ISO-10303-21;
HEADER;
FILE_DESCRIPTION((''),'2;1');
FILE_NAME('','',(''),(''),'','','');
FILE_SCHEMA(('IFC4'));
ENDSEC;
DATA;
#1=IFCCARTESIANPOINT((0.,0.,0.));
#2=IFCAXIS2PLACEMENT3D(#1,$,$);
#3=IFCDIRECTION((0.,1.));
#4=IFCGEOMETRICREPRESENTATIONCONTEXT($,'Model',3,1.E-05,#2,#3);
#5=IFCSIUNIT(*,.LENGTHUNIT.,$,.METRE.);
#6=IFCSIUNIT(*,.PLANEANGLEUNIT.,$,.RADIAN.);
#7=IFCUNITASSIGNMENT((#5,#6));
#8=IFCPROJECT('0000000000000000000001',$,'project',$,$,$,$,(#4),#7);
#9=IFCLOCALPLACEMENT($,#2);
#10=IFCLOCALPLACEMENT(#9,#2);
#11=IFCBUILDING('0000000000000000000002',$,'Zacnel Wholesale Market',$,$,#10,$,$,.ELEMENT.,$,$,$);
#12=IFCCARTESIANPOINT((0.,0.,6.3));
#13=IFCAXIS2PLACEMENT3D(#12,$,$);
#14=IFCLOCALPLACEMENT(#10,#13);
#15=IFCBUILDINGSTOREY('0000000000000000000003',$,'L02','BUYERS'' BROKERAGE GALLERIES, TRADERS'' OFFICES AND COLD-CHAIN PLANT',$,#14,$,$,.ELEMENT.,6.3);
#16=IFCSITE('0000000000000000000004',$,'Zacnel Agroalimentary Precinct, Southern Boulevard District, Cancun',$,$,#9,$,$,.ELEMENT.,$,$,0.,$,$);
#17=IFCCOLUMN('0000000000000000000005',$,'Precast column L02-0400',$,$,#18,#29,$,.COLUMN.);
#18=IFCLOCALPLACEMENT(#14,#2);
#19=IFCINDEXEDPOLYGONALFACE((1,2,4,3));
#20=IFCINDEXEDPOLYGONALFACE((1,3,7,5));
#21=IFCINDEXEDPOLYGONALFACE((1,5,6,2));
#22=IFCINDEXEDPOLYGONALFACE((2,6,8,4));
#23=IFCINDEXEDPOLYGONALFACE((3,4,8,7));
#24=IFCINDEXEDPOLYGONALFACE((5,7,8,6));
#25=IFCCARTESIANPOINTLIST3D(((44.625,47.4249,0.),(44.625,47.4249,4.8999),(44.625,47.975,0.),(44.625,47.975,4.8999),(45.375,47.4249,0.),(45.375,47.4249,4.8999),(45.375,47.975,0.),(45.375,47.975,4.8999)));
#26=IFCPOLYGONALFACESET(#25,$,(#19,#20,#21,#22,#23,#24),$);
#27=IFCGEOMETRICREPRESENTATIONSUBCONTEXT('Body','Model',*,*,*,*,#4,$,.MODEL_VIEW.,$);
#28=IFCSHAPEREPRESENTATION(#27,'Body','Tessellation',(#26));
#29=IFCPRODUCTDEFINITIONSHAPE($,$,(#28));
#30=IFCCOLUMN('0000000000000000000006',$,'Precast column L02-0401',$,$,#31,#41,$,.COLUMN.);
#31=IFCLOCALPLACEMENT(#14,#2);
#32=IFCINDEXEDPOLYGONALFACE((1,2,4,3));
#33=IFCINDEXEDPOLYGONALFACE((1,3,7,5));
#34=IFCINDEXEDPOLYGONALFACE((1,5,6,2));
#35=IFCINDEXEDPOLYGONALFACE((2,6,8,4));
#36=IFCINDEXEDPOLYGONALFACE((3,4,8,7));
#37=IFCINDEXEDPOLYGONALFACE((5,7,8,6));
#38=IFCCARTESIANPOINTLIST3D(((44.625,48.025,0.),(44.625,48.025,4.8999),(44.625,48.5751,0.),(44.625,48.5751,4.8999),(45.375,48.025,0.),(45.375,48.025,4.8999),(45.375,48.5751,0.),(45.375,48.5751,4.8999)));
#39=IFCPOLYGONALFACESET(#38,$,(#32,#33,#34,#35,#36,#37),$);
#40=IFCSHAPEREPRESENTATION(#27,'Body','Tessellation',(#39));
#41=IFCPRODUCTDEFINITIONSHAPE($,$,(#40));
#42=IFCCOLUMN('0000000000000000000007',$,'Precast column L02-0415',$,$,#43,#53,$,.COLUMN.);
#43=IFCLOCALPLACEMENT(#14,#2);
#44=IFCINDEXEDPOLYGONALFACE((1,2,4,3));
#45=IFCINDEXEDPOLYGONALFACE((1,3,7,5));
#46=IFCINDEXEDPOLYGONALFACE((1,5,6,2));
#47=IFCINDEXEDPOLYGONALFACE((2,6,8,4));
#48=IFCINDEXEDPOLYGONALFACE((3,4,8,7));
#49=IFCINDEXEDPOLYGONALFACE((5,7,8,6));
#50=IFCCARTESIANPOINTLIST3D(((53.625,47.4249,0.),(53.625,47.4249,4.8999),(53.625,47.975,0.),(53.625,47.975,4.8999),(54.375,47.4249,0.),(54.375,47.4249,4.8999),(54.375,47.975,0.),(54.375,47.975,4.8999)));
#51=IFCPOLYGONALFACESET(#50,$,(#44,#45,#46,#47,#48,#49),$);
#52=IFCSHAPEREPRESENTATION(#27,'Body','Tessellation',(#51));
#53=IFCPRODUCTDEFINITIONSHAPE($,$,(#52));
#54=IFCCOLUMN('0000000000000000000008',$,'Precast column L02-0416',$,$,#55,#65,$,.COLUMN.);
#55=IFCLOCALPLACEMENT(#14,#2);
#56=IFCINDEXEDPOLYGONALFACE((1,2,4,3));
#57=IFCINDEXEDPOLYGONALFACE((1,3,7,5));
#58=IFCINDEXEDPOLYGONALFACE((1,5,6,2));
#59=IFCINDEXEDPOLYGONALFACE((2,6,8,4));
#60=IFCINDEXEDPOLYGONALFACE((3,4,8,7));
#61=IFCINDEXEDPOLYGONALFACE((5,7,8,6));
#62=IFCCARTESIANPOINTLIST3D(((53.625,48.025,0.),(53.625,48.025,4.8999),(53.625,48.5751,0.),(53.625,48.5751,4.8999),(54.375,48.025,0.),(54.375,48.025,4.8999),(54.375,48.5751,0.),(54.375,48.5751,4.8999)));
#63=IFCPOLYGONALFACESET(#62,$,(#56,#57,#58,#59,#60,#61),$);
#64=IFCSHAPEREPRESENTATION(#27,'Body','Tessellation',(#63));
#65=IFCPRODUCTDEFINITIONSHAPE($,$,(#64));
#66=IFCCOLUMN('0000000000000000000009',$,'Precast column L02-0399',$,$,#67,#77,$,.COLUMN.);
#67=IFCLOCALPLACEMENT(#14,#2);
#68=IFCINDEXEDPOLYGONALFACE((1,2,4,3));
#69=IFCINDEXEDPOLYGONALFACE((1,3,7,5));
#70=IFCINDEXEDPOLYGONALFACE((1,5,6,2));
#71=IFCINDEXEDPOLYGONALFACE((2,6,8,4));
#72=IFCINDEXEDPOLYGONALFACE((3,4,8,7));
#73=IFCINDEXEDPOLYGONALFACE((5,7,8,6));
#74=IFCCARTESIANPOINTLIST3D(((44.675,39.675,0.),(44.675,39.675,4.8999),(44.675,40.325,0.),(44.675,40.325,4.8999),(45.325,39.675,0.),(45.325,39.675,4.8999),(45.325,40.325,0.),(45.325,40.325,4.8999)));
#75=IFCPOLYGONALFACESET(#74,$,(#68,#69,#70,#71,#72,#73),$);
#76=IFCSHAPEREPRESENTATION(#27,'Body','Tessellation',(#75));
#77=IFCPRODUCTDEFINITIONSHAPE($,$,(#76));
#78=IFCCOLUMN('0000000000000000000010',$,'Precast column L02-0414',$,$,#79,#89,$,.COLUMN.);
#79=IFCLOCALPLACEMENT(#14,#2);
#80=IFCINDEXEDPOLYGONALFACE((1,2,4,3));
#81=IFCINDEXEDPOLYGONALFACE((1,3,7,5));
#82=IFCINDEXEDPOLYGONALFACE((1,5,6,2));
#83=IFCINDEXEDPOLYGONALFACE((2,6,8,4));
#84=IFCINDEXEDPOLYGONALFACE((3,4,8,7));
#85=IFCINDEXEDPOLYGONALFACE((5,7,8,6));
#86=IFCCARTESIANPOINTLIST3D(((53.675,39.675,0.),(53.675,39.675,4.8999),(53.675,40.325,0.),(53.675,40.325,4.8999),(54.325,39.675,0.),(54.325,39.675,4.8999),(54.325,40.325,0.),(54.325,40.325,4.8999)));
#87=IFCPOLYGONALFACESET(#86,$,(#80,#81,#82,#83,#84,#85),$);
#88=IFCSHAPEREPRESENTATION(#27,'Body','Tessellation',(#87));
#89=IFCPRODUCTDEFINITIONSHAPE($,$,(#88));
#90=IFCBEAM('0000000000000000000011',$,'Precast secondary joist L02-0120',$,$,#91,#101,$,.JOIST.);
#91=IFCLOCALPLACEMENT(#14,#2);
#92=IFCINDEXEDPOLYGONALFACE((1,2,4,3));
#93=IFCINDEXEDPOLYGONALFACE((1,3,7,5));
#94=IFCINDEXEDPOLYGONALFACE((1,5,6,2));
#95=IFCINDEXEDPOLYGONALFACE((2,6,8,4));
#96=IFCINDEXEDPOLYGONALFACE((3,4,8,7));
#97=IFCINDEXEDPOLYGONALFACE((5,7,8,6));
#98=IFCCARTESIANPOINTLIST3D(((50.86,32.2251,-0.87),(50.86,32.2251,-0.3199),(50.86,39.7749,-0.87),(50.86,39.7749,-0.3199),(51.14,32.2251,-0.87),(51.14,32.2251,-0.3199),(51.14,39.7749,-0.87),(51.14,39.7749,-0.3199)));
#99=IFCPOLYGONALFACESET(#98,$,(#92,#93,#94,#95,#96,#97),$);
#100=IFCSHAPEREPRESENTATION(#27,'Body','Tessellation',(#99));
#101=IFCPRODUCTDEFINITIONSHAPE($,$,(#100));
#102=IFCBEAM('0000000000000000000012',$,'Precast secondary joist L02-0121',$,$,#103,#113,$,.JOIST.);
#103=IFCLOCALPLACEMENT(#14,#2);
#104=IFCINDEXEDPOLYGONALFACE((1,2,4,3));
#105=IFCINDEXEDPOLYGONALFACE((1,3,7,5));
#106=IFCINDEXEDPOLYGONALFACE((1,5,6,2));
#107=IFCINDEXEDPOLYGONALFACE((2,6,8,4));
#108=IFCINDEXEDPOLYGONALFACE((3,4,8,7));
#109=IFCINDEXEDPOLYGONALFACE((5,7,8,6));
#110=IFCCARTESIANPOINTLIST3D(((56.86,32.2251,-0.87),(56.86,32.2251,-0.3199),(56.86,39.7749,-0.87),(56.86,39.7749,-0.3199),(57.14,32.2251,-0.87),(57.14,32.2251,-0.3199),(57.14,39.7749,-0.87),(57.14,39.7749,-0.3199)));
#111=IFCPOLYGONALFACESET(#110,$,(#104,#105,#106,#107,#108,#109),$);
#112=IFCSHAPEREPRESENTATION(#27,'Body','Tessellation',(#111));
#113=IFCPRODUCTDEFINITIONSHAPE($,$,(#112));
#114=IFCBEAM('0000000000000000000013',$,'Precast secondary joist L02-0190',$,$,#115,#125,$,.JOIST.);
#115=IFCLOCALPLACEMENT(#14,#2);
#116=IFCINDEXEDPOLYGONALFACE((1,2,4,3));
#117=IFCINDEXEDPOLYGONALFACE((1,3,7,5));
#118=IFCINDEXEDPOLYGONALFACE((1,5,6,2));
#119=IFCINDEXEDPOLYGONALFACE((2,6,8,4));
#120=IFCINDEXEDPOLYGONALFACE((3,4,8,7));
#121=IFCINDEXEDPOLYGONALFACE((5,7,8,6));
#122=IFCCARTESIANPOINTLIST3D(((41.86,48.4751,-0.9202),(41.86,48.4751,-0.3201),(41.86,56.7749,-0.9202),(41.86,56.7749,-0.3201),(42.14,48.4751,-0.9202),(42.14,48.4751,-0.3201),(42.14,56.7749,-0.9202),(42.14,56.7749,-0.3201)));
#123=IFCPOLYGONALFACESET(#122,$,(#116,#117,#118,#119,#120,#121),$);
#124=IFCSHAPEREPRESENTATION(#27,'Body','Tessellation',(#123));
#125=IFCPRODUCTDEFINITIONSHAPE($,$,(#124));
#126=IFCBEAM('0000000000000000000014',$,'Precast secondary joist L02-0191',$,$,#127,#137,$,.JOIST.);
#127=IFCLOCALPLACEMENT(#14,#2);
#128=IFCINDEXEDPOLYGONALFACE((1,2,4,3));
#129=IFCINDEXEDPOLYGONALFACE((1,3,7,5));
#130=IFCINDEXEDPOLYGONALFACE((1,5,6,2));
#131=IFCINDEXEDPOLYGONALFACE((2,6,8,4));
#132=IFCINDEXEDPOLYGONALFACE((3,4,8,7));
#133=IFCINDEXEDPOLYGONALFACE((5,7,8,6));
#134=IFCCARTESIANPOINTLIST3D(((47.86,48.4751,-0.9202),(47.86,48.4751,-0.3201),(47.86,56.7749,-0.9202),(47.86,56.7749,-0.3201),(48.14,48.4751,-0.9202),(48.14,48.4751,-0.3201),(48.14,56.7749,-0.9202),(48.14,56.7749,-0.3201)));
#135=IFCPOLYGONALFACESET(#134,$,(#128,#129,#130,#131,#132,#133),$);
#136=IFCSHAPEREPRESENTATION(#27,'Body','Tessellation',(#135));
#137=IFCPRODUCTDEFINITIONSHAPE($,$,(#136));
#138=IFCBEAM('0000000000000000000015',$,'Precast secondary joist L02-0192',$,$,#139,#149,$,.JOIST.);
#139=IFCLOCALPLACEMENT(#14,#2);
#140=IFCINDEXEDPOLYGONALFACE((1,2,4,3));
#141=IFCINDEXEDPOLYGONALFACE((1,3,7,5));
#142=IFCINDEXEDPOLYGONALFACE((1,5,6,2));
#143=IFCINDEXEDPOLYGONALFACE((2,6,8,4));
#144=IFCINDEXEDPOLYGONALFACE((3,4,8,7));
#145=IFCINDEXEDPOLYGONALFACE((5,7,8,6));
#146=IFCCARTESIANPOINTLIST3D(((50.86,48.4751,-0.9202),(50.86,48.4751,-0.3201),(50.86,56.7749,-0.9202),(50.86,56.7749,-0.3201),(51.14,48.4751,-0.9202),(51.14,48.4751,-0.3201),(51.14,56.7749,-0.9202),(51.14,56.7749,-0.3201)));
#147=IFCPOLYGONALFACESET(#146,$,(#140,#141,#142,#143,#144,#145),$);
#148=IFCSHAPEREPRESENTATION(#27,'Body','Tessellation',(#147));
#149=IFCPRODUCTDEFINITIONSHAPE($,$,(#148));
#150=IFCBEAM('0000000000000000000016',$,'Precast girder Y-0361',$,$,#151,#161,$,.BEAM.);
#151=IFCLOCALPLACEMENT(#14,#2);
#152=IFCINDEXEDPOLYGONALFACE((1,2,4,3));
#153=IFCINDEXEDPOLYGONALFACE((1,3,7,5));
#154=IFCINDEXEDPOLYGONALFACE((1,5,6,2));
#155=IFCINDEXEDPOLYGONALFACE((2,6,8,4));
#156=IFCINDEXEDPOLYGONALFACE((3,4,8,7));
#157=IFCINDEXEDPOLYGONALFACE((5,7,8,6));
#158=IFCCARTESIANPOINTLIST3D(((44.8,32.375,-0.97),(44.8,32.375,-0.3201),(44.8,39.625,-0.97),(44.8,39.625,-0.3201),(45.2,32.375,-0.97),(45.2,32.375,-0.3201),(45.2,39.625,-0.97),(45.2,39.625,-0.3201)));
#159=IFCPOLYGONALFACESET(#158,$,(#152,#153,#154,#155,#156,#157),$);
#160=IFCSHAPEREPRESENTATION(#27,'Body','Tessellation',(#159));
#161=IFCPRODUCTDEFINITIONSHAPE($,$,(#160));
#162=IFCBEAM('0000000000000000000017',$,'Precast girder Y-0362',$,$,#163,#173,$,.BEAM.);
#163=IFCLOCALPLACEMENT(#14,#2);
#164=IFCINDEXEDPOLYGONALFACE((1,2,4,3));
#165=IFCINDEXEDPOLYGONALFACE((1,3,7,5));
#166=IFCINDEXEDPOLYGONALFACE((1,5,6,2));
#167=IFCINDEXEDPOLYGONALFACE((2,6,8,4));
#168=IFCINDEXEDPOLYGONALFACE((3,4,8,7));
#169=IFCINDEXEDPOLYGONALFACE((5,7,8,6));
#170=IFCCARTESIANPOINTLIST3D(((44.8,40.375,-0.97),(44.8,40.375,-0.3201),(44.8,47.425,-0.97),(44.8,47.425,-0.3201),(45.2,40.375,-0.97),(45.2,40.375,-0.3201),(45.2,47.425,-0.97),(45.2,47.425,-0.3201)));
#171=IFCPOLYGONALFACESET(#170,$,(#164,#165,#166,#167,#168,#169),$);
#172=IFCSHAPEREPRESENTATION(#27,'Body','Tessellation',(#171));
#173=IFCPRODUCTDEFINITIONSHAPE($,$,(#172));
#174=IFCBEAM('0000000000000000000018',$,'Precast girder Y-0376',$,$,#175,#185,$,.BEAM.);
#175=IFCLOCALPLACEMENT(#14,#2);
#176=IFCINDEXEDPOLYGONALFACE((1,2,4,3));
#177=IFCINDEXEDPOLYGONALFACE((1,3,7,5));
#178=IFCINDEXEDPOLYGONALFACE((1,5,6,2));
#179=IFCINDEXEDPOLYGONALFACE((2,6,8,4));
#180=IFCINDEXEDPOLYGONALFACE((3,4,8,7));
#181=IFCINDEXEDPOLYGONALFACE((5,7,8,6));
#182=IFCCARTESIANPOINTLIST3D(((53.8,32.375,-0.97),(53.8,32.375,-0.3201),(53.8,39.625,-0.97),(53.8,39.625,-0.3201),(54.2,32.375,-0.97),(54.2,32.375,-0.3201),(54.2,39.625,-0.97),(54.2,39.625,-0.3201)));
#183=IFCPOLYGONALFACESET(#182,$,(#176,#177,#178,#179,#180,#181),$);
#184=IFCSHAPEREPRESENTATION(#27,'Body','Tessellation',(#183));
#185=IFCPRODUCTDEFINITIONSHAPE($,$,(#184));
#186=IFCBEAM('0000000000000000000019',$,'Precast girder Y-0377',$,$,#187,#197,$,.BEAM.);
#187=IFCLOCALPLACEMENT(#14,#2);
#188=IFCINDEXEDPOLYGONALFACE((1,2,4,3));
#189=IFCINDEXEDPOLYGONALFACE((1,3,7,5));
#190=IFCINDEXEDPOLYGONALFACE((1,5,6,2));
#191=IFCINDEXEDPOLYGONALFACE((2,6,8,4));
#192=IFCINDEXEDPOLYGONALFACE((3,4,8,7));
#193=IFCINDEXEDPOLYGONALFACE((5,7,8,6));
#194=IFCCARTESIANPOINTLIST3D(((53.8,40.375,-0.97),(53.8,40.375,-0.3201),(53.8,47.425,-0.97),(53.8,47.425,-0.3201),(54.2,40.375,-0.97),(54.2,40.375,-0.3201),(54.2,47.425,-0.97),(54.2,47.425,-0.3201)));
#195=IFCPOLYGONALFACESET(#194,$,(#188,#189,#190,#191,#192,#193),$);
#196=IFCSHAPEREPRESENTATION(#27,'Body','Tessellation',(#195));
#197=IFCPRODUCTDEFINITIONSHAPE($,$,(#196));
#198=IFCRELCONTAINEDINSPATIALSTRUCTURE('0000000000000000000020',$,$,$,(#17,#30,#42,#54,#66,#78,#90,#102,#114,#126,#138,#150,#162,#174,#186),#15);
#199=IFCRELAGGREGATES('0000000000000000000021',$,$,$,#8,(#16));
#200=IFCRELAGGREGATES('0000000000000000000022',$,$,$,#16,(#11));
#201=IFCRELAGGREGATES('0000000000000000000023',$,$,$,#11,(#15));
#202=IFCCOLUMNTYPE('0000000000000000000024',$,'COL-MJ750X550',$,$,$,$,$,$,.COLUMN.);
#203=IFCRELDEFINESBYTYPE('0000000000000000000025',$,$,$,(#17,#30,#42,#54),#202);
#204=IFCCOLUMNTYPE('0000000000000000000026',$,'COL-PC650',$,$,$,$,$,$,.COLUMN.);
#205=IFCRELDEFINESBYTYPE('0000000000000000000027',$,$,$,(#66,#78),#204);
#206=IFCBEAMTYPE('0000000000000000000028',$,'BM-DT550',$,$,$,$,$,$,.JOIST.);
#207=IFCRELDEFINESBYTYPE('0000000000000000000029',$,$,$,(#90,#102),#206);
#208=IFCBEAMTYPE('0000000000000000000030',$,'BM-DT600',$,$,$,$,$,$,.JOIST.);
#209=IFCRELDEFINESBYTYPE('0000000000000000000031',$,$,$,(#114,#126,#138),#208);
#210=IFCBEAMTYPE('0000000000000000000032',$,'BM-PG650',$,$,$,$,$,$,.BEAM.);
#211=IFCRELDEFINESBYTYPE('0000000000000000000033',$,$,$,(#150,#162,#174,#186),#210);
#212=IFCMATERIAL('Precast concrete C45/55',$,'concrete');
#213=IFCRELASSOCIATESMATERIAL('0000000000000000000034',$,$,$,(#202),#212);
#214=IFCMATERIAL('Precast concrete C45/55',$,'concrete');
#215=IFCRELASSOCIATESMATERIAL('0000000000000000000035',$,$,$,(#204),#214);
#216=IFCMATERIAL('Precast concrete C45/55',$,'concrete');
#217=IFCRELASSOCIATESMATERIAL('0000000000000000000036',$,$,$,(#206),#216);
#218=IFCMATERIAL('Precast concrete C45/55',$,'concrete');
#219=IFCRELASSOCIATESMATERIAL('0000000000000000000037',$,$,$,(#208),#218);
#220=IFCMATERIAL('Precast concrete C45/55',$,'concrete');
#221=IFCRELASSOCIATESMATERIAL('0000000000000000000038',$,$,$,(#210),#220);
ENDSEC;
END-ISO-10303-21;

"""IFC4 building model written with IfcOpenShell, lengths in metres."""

from ifc_helpers import new_model, si_unit, direction, frame, origin, origin_2d, place, context, subcontext, project, spatial, rectangle, extrude, material, material_profile, profile_set, type_object, element, save


model = new_model("IFC4")

# Units and contexts
model_context = context("Model", 3, precision=1e-05, world=origin(), true_north=direction((0.0, 1.0)))
body_context = subcontext(model_context, "Body", "Model", "MODEL_VIEW")
ifc_project = project(units=[si_unit("LENGTHUNIT", "METRE"), si_unit("PLANEANGLEUNIT", "RADIAN")], contexts=[model_context])

# Site, building, storey
site_placement = place(None, origin())
site = spatial("IfcSite", under=ifc_project, at=site_placement, Name="Zacnel Agroalimentary Precinct, Southern Boulevard District, Cancun", CompositionType="ELEMENT", RefElevation=0.0)
building_placement = place(site_placement, origin())
building = spatial("IfcBuilding", under=site, at=building_placement, Name="Zacnel Wholesale Market", CompositionType="ELEMENT")
storey_placement = place(building_placement, frame((0.0, 0.0, 6.3)))
storey = spatial("IfcBuildingStorey", under=building, at=storey_placement, Name="L02", Description="BUYERS' BROKERAGE GALLERIES, TRADERS' OFFICES AND COLD-CHAIN PLANT", CompositionType="ELEMENT", Elevation=6.3)

# Columns
ifc_material_1 = material(Name="Precast concrete C45/55", Category="concrete")
ifc_material_profile_1 = material_profile(ifc_material_1, rectangle(XDim=0.75, YDim=0.55, at=origin_2d()), Name="PC 750x550")
ifc_profile_set_1 = profile_set([ifc_material_profile_1], Name="Precast concrete C45/55")
column_type_1 = type_object("IfcColumnType", Name="COL-MJ750X550", PredefinedType="COLUMN", material=ifc_profile_set_1)
for number, where, z_axis, x_axis, name in (
    (1, (45.0, 47.7, 0.0), (0.0, 0.0, 1.0), (1.0, 0.0, 0.0), "Precast column L02-0400"),
    (2, (45.0, 48.3, 0.0), (0.0, 0.0, 1.0), (1.0, 0.0, 0.0), "Precast column L02-0401"),
    (3, (54.0, 47.7, 0.0), (0.0, 0.0, 1.0), (1.0, 0.0, 0.0), "Precast column L02-0415"),
    (4, (54.0, 48.3, 0.0), (0.0, 0.0, 1.0), (1.0, 0.0, 0.0), "Precast column L02-0416"),
):
    element("IfcColumn", number, at=place(storey_placement, frame(where, z_axis=z_axis, x_axis=x_axis)), inside=storey, type_object=column_type_1, Name=name, PredefinedType="COLUMN", context=body_context, shape_type="SweptSolid", body=[
        extrude(rectangle(XDim=0.75, YDim=0.55, at=origin_2d()), origin(), (0.0, 0.0, 1.0), 4.8999),
    ])
ifc_material_2 = material(Name="Precast concrete C45/55", Category="concrete")
ifc_material_profile_2 = material_profile(ifc_material_2, rectangle(XDim=0.6499, YDim=0.6499, at=origin_2d()), Name="PC 650x650")
ifc_profile_set_2 = profile_set([ifc_material_profile_2], Name="Precast concrete C45/55")
column_type_2 = type_object("IfcColumnType", Name="COL-PC650", PredefinedType="COLUMN", material=ifc_profile_set_2)
for number, where, z_axis, x_axis, name in (
    (5, (45.0, 40.0, 0.0), (0.0, 0.0, 1.0), (1.0, 0.0, 0.0), "Precast column L02-0399"),
    (6, (54.0, 40.0, 0.0), (0.0, 0.0, 1.0), (1.0, 0.0, 0.0), "Precast column L02-0414"),
):
    element("IfcColumn", number, at=place(storey_placement, frame(where, z_axis=z_axis, x_axis=x_axis)), inside=storey, type_object=column_type_2, Name=name, PredefinedType="COLUMN", context=body_context, shape_type="SweptSolid", body=[
        extrude(rectangle(XDim=0.6499, YDim=0.6499, at=origin_2d()), origin(), (0.0, 0.0, 1.0), 4.8999),
    ])

# Beams
ifc_material_3 = material(Name="Precast concrete C45/55", Category="concrete")
ifc_material_profile_3 = material_profile(ifc_material_3, rectangle(XDim=0.28, YDim=0.55, at=origin_2d()), Name="DT RIB 280x550")
ifc_profile_set_3 = profile_set([ifc_material_profile_3], Name="Precast concrete C45/55")
beam_type_1 = type_object("IfcBeamType", Name="BM-DT550", PredefinedType="JOIST", material=ifc_profile_set_3)
for number, where, z_axis, x_axis, name in (
    (7, (51.0, 32.2251, -0.595), (0.0, 1.0, 0.0), (-1.0, 0.0, 0.0), "Precast secondary joist L02-0120"),
    (8, (57.0, 32.2251, -0.595), (0.0, 1.0, 0.0), (-1.0, 0.0, 0.0), "Precast secondary joist L02-0121"),
):
    element("IfcBeam", number, at=place(storey_placement, frame(where, z_axis=z_axis, x_axis=x_axis)), inside=storey, type_object=beam_type_1, Name=name, PredefinedType="JOIST", context=body_context, shape_type="SweptSolid", body=[
        extrude(rectangle(XDim=0.28, YDim=0.55, at=origin_2d()), origin(), (0.0, 0.0, 1.0), 7.5498),
    ])
ifc_material_4 = material(Name="Precast concrete C45/55", Category="concrete")
ifc_material_profile_4 = material_profile(ifc_material_4, rectangle(XDim=0.28, YDim=0.6001, at=origin_2d()), Name="DT RIB 280x600")
ifc_profile_set_4 = profile_set([ifc_material_profile_4], Name="Precast concrete C45/55")
beam_type_2 = type_object("IfcBeamType", Name="BM-DT600", PredefinedType="JOIST", material=ifc_profile_set_4)
for number, where, z_axis, x_axis, name in (
    (9, (42.0, 48.4751, -0.6201), (0.0, 1.0, 0.0), (-1.0, 0.0, 0.0), "Precast secondary joist L02-0190"),
    (10, (48.0, 48.4751, -0.6201), (0.0, 1.0, 0.0), (-1.0, 0.0, 0.0), "Precast secondary joist L02-0191"),
    (11, (51.0, 48.4751, -0.6201), (0.0, 1.0, 0.0), (-1.0, 0.0, 0.0), "Precast secondary joist L02-0192"),
):
    element("IfcBeam", number, at=place(storey_placement, frame(where, z_axis=z_axis, x_axis=x_axis)), inside=storey, type_object=beam_type_2, Name=name, PredefinedType="JOIST", context=body_context, shape_type="SweptSolid", body=[
        extrude(rectangle(XDim=0.28, YDim=0.6001, at=origin_2d()), origin(), (0.0, 0.0, 1.0), 8.2998),
    ])
ifc_material_5 = material(Name="Precast concrete C45/55", Category="concrete")
ifc_material_profile_5 = material_profile(ifc_material_5, rectangle(XDim=0.3999, YDim=0.6499, at=origin_2d()), Name="PG 400x650")
ifc_profile_set_5 = profile_set([ifc_material_profile_5], Name="Precast concrete C45/55")
beam_type_3 = type_object("IfcBeamType", Name="BM-PG650", PredefinedType="BEAM", material=ifc_profile_set_5)
beam_1_placement = place(storey_placement, frame((45.0, 32.375, -0.645), z_axis=(0.0, 1.0, 0.0), x_axis=(-1.0, 0.0, 0.0)))
element("IfcBeam", 12, at=beam_1_placement, inside=storey, type_object=beam_type_3, Name="Precast girder Y-0361", PredefinedType="BEAM", context=body_context, shape_type="SweptSolid", body=[
    extrude(rectangle(XDim=0.3999, YDim=0.6499, at=origin_2d()), origin(), (0.0, 0.0, 1.0), 7.25),
])
beam_2_placement = place(storey_placement, frame((45.0, 40.375, -0.645), z_axis=(0.0, 1.0, 0.0), x_axis=(-1.0, 0.0, 0.0)))
element("IfcBeam", 13, at=beam_2_placement, inside=storey, type_object=beam_type_3, Name="Precast girder Y-0362", PredefinedType="BEAM", context=body_context, shape_type="SweptSolid", body=[
    extrude(rectangle(XDim=0.3999, YDim=0.6499, at=origin_2d()), origin(), (0.0, 0.0, 1.0), 7.05),
])
beam_3_placement = place(storey_placement, frame((54.0, 32.375, -0.645), z_axis=(0.0, 1.0, 0.0), x_axis=(-1.0, 0.0, 0.0)))
element("IfcBeam", 14, at=beam_3_placement, inside=storey, type_object=beam_type_3, Name="Precast girder Y-0376", PredefinedType="BEAM", context=body_context, shape_type="SweptSolid", body=[
    extrude(rectangle(XDim=0.3999, YDim=0.6499, at=origin_2d()), origin(), (0.0, 0.0, 1.0), 7.25),
])
beam_4_placement = place(storey_placement, frame((54.0, 40.375, -0.645), z_axis=(0.0, 1.0, 0.0), x_axis=(-1.0, 0.0, 0.0)))
element("IfcBeam", 15, at=beam_4_placement, inside=storey, type_object=beam_type_3, Name="Precast girder Y-0377", PredefinedType="BEAM", context=body_context, shape_type="SweptSolid", body=[
    extrude(rectangle(XDim=0.3999, YDim=0.6499, at=origin_2d()), origin(), (0.0, 0.0, 1.0), 7.05),
])

save(model, "model.ifc")
